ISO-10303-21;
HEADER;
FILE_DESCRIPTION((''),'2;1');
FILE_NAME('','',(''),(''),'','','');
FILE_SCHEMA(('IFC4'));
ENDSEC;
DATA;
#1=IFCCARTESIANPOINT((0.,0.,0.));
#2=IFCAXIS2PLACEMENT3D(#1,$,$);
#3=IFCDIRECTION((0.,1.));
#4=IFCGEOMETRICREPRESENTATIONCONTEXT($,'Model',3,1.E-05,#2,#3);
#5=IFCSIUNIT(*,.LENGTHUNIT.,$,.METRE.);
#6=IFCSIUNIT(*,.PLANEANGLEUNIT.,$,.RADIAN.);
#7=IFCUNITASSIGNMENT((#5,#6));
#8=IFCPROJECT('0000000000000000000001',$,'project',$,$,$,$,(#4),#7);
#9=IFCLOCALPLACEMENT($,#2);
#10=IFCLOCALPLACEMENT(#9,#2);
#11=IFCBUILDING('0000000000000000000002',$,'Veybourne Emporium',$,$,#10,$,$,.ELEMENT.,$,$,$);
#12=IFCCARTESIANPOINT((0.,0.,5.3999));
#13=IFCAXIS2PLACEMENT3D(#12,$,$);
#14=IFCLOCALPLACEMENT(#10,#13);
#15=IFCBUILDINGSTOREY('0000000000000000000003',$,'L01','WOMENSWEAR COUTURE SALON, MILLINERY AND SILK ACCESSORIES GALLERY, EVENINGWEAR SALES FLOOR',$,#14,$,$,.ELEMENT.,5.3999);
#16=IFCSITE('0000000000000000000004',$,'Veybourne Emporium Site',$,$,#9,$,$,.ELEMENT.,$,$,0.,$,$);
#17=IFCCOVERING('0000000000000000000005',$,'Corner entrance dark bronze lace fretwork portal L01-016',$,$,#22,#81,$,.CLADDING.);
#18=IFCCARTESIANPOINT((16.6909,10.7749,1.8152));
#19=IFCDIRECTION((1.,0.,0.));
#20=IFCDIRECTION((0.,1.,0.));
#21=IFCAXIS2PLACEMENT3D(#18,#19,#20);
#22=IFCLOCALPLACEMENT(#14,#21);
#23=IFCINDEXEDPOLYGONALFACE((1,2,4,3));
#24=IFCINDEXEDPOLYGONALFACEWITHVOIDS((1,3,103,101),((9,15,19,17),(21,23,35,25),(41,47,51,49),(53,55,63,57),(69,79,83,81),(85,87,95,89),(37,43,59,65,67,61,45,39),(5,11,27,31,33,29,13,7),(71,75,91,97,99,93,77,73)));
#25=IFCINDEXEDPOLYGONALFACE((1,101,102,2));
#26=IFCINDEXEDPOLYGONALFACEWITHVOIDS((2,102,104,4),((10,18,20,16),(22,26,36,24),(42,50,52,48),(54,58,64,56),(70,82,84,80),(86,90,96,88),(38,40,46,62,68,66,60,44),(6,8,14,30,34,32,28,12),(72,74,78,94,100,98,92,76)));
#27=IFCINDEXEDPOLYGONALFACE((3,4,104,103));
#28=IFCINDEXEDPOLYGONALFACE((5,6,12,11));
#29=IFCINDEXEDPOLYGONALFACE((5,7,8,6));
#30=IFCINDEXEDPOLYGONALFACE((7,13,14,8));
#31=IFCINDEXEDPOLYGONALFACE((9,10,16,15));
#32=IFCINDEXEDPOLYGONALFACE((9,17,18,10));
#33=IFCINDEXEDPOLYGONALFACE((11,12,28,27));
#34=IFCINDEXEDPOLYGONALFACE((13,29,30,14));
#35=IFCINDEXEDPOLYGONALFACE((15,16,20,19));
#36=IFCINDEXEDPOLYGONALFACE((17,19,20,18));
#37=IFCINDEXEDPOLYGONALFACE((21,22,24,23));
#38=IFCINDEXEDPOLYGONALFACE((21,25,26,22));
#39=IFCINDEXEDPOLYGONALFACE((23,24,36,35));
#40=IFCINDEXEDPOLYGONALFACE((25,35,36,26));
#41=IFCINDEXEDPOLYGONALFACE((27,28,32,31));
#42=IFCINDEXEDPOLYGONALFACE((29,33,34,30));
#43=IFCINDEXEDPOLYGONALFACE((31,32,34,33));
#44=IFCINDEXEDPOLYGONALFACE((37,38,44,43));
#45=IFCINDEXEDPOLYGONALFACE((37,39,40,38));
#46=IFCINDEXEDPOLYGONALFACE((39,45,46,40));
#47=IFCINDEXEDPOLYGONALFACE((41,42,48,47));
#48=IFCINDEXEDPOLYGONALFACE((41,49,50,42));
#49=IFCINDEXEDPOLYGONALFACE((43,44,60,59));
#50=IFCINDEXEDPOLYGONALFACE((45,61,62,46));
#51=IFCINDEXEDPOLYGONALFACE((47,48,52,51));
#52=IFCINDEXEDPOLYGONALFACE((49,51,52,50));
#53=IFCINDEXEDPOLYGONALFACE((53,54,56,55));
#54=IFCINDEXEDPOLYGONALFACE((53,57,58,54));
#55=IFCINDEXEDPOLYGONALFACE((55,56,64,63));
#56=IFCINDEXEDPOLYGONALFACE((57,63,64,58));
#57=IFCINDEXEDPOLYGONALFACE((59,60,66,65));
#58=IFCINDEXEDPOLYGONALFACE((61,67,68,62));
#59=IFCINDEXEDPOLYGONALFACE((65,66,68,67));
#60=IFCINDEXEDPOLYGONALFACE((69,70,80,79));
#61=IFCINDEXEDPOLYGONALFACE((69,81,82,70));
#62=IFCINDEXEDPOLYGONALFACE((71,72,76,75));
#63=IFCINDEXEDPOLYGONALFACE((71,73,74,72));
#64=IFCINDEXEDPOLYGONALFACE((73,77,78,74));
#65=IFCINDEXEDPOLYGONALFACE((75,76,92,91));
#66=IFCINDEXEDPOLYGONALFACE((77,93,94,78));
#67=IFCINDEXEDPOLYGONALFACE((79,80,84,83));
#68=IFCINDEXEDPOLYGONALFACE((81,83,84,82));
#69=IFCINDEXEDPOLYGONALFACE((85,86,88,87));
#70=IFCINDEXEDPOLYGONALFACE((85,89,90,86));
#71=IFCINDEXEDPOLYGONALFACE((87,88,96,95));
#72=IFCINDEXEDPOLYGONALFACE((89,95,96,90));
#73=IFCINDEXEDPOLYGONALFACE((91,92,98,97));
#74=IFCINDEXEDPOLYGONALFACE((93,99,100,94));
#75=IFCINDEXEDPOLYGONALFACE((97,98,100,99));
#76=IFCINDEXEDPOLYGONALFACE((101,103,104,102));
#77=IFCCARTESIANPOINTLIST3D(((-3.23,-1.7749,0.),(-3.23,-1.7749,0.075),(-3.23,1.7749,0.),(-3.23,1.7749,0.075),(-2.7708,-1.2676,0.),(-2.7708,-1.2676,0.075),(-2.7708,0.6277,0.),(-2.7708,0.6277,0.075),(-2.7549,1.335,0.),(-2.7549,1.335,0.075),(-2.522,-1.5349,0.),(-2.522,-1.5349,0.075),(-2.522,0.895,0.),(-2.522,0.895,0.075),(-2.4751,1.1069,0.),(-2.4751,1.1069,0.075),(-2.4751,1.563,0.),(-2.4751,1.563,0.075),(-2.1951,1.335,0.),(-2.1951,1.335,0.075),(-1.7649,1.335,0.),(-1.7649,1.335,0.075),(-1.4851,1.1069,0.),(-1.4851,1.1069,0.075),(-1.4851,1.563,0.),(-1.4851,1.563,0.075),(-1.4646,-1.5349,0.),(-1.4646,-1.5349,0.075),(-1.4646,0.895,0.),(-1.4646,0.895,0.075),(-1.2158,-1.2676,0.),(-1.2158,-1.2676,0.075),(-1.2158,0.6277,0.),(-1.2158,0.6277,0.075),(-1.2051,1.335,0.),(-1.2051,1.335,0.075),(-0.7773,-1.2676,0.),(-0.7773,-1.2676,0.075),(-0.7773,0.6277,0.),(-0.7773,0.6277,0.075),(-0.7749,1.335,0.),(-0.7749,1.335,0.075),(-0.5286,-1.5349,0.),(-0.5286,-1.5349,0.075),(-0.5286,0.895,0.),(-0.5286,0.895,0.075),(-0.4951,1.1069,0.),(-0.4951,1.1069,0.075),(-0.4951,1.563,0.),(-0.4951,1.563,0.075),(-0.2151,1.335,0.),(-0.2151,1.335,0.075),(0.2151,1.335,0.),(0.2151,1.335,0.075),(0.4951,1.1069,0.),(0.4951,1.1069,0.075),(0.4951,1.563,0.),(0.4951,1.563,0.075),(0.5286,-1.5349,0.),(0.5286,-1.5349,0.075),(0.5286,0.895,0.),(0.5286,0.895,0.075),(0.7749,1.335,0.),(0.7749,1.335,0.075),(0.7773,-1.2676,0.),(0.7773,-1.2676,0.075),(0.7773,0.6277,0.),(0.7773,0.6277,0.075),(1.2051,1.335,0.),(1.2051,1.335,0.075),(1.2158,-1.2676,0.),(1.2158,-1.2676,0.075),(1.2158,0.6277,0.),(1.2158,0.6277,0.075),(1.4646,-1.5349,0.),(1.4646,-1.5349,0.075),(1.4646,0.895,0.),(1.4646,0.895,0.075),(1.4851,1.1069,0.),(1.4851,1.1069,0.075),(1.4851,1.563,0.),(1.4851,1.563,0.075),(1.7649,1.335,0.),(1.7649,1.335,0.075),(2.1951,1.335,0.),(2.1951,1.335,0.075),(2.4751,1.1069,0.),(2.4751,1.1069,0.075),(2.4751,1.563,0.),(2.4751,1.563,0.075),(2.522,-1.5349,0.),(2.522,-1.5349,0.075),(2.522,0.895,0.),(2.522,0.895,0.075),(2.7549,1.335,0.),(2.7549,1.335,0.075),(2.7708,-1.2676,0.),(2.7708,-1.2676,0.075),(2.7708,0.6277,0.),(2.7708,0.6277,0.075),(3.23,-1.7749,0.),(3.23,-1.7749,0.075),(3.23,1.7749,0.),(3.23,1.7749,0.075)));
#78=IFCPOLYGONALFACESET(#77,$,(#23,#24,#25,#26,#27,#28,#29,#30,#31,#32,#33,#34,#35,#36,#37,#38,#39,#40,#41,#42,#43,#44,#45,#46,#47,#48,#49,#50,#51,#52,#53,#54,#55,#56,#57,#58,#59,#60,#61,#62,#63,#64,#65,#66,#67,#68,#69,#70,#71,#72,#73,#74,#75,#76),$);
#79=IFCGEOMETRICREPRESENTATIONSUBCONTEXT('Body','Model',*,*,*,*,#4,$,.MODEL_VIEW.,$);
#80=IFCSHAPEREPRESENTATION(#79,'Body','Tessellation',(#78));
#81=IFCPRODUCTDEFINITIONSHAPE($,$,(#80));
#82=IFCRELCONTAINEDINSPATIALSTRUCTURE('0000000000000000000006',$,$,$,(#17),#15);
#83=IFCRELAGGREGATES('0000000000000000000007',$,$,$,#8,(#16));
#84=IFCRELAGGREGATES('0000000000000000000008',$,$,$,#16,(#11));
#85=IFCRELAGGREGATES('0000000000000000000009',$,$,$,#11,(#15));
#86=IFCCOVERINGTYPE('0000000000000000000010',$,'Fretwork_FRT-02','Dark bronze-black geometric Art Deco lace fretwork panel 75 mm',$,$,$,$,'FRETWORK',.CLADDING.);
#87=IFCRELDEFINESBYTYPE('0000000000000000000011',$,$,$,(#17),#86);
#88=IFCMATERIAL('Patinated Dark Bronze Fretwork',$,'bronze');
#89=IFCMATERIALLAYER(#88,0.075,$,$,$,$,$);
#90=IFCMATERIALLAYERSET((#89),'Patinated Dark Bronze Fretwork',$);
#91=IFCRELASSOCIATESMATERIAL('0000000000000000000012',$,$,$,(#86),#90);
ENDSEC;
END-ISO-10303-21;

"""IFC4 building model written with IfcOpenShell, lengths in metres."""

from ifc_helpers import new_model, si_unit, direction, frame, origin, place, context, subcontext, project, spatial, polyline, outline, extrude, material, layer, layer_set, type_object, element, save


model = new_model("IFC4")

# Units and contexts
model_context = context("Model", 3, precision=1e-05, world=origin(), true_north=direction((0.0, 1.0)))
body_context = subcontext(model_context, "Body", "Model", "MODEL_VIEW")
ifc_project = project(units=[si_unit("LENGTHUNIT", "METRE"), si_unit("PLANEANGLEUNIT", "RADIAN")], contexts=[model_context])

# Site, building, storey
site_placement = place(None, origin())
site = spatial("IfcSite", under=ifc_project, at=site_placement, Name="Veybourne Emporium Site", CompositionType="ELEMENT", RefElevation=0.0)
building_placement = place(site_placement, origin())
building = spatial("IfcBuilding", under=site, at=building_placement, Name="Veybourne Emporium", CompositionType="ELEMENT")
storey_placement = place(building_placement, frame((0.0, 0.0, 5.3999)))
storey = spatial("IfcBuildingStorey", under=building, at=storey_placement, Name="L01", Description="WOMENSWEAR COUTURE SALON, MILLINERY AND SILK ACCESSORIES GALLERY, EVENINGWEAR SALES FLOOR", CompositionType="ELEMENT", Elevation=5.3999)

# Covering
ifc_material_1 = material(Name="Patinated Dark Bronze Fretwork", Category="bronze")
ifc_layer_1 = layer(ifc_material_1, 0.075)
ifc_layer_set_1 = layer_set([ifc_layer_1], Name="Patinated Dark Bronze Fretwork")
covering_type = type_object("IfcCoveringType", Name="Fretwork_FRT-02", Description="Dark bronze-black geometric Art Deco lace fretwork panel 75 mm", ElementType="FRETWORK", PredefinedType="CLADDING", material=ifc_layer_set_1)
covering_1_placement = place(storey_placement, frame((16.6909, 10.7749, 1.8152), z_axis=(1.0, 0.0, 0.0), x_axis=(0.0, 1.0, 0.0)))
element("IfcCovering", 1, at=covering_1_placement, inside=storey, type_object=covering_type, Name="Corner entrance dark bronze lace fretwork portal L01-016", PredefinedType="CLADDING", context=body_context, shape_type="SweptSolid", body=[
    extrude(outline(polyline([(-3.23, -1.7749), (3.23, -1.7749), (3.23, 1.7749), (-3.23, 1.7749), (-3.23, -1.7749)]), holes=[polyline([(-2.522, 0.895), (-1.4646, 0.895), (-1.2158, 0.6277), (-1.2158, -1.2676), (-1.4646, -1.5349), (-2.522, -1.5349), (-2.7708, -1.2676), (-2.7708, 0.6277), (-2.522, 0.895)]), polyline([(-0.5286, 0.895), (0.5286, 0.895), (0.7773, 0.6277), (0.7773, -1.2676), (0.5286, -1.5349), (-0.5286, -1.5349), (-0.7773, -1.2676), (-0.7773, 0.6277), (-0.5286, 0.895)]), polyline([(1.4646, 0.895), (2.522, 0.895), (2.7708, 0.6277), (2.7708, -1.2676), (2.522, -1.5349), (1.4646, -1.5349), (1.2158, -1.2676), (1.2158, 0.6277), (1.4646, 0.895)]), polyline([(-2.4751, 1.563), (-2.1951, 1.335), (-2.4751, 1.1069), (-2.7549, 1.335), (-2.4751, 1.563)]), polyline([(-1.4851, 1.563), (-1.2051, 1.335), (-1.4851, 1.1069), (-1.7649, 1.335), (-1.4851, 1.563)]), polyline([(-0.4951, 1.563), (-0.2151, 1.335), (-0.4951, 1.1069), (-0.7749, 1.335), (-0.4951, 1.563)]), polyline([(0.4951, 1.563), (0.7749, 1.335), (0.4951, 1.1069), (0.2151, 1.335), (0.4951, 1.563)]), polyline([(1.4851, 1.563), (1.7649, 1.335), (1.4851, 1.1069), (1.2051, 1.335), (1.4851, 1.563)]), polyline([(2.4751, 1.563), (2.7549, 1.335), (2.4751, 1.1069), (2.1951, 1.335), (2.4751, 1.563)])]), origin(), (0.0, 0.0, 1.0), 0.075),
])

save(model, "model.ifc")
